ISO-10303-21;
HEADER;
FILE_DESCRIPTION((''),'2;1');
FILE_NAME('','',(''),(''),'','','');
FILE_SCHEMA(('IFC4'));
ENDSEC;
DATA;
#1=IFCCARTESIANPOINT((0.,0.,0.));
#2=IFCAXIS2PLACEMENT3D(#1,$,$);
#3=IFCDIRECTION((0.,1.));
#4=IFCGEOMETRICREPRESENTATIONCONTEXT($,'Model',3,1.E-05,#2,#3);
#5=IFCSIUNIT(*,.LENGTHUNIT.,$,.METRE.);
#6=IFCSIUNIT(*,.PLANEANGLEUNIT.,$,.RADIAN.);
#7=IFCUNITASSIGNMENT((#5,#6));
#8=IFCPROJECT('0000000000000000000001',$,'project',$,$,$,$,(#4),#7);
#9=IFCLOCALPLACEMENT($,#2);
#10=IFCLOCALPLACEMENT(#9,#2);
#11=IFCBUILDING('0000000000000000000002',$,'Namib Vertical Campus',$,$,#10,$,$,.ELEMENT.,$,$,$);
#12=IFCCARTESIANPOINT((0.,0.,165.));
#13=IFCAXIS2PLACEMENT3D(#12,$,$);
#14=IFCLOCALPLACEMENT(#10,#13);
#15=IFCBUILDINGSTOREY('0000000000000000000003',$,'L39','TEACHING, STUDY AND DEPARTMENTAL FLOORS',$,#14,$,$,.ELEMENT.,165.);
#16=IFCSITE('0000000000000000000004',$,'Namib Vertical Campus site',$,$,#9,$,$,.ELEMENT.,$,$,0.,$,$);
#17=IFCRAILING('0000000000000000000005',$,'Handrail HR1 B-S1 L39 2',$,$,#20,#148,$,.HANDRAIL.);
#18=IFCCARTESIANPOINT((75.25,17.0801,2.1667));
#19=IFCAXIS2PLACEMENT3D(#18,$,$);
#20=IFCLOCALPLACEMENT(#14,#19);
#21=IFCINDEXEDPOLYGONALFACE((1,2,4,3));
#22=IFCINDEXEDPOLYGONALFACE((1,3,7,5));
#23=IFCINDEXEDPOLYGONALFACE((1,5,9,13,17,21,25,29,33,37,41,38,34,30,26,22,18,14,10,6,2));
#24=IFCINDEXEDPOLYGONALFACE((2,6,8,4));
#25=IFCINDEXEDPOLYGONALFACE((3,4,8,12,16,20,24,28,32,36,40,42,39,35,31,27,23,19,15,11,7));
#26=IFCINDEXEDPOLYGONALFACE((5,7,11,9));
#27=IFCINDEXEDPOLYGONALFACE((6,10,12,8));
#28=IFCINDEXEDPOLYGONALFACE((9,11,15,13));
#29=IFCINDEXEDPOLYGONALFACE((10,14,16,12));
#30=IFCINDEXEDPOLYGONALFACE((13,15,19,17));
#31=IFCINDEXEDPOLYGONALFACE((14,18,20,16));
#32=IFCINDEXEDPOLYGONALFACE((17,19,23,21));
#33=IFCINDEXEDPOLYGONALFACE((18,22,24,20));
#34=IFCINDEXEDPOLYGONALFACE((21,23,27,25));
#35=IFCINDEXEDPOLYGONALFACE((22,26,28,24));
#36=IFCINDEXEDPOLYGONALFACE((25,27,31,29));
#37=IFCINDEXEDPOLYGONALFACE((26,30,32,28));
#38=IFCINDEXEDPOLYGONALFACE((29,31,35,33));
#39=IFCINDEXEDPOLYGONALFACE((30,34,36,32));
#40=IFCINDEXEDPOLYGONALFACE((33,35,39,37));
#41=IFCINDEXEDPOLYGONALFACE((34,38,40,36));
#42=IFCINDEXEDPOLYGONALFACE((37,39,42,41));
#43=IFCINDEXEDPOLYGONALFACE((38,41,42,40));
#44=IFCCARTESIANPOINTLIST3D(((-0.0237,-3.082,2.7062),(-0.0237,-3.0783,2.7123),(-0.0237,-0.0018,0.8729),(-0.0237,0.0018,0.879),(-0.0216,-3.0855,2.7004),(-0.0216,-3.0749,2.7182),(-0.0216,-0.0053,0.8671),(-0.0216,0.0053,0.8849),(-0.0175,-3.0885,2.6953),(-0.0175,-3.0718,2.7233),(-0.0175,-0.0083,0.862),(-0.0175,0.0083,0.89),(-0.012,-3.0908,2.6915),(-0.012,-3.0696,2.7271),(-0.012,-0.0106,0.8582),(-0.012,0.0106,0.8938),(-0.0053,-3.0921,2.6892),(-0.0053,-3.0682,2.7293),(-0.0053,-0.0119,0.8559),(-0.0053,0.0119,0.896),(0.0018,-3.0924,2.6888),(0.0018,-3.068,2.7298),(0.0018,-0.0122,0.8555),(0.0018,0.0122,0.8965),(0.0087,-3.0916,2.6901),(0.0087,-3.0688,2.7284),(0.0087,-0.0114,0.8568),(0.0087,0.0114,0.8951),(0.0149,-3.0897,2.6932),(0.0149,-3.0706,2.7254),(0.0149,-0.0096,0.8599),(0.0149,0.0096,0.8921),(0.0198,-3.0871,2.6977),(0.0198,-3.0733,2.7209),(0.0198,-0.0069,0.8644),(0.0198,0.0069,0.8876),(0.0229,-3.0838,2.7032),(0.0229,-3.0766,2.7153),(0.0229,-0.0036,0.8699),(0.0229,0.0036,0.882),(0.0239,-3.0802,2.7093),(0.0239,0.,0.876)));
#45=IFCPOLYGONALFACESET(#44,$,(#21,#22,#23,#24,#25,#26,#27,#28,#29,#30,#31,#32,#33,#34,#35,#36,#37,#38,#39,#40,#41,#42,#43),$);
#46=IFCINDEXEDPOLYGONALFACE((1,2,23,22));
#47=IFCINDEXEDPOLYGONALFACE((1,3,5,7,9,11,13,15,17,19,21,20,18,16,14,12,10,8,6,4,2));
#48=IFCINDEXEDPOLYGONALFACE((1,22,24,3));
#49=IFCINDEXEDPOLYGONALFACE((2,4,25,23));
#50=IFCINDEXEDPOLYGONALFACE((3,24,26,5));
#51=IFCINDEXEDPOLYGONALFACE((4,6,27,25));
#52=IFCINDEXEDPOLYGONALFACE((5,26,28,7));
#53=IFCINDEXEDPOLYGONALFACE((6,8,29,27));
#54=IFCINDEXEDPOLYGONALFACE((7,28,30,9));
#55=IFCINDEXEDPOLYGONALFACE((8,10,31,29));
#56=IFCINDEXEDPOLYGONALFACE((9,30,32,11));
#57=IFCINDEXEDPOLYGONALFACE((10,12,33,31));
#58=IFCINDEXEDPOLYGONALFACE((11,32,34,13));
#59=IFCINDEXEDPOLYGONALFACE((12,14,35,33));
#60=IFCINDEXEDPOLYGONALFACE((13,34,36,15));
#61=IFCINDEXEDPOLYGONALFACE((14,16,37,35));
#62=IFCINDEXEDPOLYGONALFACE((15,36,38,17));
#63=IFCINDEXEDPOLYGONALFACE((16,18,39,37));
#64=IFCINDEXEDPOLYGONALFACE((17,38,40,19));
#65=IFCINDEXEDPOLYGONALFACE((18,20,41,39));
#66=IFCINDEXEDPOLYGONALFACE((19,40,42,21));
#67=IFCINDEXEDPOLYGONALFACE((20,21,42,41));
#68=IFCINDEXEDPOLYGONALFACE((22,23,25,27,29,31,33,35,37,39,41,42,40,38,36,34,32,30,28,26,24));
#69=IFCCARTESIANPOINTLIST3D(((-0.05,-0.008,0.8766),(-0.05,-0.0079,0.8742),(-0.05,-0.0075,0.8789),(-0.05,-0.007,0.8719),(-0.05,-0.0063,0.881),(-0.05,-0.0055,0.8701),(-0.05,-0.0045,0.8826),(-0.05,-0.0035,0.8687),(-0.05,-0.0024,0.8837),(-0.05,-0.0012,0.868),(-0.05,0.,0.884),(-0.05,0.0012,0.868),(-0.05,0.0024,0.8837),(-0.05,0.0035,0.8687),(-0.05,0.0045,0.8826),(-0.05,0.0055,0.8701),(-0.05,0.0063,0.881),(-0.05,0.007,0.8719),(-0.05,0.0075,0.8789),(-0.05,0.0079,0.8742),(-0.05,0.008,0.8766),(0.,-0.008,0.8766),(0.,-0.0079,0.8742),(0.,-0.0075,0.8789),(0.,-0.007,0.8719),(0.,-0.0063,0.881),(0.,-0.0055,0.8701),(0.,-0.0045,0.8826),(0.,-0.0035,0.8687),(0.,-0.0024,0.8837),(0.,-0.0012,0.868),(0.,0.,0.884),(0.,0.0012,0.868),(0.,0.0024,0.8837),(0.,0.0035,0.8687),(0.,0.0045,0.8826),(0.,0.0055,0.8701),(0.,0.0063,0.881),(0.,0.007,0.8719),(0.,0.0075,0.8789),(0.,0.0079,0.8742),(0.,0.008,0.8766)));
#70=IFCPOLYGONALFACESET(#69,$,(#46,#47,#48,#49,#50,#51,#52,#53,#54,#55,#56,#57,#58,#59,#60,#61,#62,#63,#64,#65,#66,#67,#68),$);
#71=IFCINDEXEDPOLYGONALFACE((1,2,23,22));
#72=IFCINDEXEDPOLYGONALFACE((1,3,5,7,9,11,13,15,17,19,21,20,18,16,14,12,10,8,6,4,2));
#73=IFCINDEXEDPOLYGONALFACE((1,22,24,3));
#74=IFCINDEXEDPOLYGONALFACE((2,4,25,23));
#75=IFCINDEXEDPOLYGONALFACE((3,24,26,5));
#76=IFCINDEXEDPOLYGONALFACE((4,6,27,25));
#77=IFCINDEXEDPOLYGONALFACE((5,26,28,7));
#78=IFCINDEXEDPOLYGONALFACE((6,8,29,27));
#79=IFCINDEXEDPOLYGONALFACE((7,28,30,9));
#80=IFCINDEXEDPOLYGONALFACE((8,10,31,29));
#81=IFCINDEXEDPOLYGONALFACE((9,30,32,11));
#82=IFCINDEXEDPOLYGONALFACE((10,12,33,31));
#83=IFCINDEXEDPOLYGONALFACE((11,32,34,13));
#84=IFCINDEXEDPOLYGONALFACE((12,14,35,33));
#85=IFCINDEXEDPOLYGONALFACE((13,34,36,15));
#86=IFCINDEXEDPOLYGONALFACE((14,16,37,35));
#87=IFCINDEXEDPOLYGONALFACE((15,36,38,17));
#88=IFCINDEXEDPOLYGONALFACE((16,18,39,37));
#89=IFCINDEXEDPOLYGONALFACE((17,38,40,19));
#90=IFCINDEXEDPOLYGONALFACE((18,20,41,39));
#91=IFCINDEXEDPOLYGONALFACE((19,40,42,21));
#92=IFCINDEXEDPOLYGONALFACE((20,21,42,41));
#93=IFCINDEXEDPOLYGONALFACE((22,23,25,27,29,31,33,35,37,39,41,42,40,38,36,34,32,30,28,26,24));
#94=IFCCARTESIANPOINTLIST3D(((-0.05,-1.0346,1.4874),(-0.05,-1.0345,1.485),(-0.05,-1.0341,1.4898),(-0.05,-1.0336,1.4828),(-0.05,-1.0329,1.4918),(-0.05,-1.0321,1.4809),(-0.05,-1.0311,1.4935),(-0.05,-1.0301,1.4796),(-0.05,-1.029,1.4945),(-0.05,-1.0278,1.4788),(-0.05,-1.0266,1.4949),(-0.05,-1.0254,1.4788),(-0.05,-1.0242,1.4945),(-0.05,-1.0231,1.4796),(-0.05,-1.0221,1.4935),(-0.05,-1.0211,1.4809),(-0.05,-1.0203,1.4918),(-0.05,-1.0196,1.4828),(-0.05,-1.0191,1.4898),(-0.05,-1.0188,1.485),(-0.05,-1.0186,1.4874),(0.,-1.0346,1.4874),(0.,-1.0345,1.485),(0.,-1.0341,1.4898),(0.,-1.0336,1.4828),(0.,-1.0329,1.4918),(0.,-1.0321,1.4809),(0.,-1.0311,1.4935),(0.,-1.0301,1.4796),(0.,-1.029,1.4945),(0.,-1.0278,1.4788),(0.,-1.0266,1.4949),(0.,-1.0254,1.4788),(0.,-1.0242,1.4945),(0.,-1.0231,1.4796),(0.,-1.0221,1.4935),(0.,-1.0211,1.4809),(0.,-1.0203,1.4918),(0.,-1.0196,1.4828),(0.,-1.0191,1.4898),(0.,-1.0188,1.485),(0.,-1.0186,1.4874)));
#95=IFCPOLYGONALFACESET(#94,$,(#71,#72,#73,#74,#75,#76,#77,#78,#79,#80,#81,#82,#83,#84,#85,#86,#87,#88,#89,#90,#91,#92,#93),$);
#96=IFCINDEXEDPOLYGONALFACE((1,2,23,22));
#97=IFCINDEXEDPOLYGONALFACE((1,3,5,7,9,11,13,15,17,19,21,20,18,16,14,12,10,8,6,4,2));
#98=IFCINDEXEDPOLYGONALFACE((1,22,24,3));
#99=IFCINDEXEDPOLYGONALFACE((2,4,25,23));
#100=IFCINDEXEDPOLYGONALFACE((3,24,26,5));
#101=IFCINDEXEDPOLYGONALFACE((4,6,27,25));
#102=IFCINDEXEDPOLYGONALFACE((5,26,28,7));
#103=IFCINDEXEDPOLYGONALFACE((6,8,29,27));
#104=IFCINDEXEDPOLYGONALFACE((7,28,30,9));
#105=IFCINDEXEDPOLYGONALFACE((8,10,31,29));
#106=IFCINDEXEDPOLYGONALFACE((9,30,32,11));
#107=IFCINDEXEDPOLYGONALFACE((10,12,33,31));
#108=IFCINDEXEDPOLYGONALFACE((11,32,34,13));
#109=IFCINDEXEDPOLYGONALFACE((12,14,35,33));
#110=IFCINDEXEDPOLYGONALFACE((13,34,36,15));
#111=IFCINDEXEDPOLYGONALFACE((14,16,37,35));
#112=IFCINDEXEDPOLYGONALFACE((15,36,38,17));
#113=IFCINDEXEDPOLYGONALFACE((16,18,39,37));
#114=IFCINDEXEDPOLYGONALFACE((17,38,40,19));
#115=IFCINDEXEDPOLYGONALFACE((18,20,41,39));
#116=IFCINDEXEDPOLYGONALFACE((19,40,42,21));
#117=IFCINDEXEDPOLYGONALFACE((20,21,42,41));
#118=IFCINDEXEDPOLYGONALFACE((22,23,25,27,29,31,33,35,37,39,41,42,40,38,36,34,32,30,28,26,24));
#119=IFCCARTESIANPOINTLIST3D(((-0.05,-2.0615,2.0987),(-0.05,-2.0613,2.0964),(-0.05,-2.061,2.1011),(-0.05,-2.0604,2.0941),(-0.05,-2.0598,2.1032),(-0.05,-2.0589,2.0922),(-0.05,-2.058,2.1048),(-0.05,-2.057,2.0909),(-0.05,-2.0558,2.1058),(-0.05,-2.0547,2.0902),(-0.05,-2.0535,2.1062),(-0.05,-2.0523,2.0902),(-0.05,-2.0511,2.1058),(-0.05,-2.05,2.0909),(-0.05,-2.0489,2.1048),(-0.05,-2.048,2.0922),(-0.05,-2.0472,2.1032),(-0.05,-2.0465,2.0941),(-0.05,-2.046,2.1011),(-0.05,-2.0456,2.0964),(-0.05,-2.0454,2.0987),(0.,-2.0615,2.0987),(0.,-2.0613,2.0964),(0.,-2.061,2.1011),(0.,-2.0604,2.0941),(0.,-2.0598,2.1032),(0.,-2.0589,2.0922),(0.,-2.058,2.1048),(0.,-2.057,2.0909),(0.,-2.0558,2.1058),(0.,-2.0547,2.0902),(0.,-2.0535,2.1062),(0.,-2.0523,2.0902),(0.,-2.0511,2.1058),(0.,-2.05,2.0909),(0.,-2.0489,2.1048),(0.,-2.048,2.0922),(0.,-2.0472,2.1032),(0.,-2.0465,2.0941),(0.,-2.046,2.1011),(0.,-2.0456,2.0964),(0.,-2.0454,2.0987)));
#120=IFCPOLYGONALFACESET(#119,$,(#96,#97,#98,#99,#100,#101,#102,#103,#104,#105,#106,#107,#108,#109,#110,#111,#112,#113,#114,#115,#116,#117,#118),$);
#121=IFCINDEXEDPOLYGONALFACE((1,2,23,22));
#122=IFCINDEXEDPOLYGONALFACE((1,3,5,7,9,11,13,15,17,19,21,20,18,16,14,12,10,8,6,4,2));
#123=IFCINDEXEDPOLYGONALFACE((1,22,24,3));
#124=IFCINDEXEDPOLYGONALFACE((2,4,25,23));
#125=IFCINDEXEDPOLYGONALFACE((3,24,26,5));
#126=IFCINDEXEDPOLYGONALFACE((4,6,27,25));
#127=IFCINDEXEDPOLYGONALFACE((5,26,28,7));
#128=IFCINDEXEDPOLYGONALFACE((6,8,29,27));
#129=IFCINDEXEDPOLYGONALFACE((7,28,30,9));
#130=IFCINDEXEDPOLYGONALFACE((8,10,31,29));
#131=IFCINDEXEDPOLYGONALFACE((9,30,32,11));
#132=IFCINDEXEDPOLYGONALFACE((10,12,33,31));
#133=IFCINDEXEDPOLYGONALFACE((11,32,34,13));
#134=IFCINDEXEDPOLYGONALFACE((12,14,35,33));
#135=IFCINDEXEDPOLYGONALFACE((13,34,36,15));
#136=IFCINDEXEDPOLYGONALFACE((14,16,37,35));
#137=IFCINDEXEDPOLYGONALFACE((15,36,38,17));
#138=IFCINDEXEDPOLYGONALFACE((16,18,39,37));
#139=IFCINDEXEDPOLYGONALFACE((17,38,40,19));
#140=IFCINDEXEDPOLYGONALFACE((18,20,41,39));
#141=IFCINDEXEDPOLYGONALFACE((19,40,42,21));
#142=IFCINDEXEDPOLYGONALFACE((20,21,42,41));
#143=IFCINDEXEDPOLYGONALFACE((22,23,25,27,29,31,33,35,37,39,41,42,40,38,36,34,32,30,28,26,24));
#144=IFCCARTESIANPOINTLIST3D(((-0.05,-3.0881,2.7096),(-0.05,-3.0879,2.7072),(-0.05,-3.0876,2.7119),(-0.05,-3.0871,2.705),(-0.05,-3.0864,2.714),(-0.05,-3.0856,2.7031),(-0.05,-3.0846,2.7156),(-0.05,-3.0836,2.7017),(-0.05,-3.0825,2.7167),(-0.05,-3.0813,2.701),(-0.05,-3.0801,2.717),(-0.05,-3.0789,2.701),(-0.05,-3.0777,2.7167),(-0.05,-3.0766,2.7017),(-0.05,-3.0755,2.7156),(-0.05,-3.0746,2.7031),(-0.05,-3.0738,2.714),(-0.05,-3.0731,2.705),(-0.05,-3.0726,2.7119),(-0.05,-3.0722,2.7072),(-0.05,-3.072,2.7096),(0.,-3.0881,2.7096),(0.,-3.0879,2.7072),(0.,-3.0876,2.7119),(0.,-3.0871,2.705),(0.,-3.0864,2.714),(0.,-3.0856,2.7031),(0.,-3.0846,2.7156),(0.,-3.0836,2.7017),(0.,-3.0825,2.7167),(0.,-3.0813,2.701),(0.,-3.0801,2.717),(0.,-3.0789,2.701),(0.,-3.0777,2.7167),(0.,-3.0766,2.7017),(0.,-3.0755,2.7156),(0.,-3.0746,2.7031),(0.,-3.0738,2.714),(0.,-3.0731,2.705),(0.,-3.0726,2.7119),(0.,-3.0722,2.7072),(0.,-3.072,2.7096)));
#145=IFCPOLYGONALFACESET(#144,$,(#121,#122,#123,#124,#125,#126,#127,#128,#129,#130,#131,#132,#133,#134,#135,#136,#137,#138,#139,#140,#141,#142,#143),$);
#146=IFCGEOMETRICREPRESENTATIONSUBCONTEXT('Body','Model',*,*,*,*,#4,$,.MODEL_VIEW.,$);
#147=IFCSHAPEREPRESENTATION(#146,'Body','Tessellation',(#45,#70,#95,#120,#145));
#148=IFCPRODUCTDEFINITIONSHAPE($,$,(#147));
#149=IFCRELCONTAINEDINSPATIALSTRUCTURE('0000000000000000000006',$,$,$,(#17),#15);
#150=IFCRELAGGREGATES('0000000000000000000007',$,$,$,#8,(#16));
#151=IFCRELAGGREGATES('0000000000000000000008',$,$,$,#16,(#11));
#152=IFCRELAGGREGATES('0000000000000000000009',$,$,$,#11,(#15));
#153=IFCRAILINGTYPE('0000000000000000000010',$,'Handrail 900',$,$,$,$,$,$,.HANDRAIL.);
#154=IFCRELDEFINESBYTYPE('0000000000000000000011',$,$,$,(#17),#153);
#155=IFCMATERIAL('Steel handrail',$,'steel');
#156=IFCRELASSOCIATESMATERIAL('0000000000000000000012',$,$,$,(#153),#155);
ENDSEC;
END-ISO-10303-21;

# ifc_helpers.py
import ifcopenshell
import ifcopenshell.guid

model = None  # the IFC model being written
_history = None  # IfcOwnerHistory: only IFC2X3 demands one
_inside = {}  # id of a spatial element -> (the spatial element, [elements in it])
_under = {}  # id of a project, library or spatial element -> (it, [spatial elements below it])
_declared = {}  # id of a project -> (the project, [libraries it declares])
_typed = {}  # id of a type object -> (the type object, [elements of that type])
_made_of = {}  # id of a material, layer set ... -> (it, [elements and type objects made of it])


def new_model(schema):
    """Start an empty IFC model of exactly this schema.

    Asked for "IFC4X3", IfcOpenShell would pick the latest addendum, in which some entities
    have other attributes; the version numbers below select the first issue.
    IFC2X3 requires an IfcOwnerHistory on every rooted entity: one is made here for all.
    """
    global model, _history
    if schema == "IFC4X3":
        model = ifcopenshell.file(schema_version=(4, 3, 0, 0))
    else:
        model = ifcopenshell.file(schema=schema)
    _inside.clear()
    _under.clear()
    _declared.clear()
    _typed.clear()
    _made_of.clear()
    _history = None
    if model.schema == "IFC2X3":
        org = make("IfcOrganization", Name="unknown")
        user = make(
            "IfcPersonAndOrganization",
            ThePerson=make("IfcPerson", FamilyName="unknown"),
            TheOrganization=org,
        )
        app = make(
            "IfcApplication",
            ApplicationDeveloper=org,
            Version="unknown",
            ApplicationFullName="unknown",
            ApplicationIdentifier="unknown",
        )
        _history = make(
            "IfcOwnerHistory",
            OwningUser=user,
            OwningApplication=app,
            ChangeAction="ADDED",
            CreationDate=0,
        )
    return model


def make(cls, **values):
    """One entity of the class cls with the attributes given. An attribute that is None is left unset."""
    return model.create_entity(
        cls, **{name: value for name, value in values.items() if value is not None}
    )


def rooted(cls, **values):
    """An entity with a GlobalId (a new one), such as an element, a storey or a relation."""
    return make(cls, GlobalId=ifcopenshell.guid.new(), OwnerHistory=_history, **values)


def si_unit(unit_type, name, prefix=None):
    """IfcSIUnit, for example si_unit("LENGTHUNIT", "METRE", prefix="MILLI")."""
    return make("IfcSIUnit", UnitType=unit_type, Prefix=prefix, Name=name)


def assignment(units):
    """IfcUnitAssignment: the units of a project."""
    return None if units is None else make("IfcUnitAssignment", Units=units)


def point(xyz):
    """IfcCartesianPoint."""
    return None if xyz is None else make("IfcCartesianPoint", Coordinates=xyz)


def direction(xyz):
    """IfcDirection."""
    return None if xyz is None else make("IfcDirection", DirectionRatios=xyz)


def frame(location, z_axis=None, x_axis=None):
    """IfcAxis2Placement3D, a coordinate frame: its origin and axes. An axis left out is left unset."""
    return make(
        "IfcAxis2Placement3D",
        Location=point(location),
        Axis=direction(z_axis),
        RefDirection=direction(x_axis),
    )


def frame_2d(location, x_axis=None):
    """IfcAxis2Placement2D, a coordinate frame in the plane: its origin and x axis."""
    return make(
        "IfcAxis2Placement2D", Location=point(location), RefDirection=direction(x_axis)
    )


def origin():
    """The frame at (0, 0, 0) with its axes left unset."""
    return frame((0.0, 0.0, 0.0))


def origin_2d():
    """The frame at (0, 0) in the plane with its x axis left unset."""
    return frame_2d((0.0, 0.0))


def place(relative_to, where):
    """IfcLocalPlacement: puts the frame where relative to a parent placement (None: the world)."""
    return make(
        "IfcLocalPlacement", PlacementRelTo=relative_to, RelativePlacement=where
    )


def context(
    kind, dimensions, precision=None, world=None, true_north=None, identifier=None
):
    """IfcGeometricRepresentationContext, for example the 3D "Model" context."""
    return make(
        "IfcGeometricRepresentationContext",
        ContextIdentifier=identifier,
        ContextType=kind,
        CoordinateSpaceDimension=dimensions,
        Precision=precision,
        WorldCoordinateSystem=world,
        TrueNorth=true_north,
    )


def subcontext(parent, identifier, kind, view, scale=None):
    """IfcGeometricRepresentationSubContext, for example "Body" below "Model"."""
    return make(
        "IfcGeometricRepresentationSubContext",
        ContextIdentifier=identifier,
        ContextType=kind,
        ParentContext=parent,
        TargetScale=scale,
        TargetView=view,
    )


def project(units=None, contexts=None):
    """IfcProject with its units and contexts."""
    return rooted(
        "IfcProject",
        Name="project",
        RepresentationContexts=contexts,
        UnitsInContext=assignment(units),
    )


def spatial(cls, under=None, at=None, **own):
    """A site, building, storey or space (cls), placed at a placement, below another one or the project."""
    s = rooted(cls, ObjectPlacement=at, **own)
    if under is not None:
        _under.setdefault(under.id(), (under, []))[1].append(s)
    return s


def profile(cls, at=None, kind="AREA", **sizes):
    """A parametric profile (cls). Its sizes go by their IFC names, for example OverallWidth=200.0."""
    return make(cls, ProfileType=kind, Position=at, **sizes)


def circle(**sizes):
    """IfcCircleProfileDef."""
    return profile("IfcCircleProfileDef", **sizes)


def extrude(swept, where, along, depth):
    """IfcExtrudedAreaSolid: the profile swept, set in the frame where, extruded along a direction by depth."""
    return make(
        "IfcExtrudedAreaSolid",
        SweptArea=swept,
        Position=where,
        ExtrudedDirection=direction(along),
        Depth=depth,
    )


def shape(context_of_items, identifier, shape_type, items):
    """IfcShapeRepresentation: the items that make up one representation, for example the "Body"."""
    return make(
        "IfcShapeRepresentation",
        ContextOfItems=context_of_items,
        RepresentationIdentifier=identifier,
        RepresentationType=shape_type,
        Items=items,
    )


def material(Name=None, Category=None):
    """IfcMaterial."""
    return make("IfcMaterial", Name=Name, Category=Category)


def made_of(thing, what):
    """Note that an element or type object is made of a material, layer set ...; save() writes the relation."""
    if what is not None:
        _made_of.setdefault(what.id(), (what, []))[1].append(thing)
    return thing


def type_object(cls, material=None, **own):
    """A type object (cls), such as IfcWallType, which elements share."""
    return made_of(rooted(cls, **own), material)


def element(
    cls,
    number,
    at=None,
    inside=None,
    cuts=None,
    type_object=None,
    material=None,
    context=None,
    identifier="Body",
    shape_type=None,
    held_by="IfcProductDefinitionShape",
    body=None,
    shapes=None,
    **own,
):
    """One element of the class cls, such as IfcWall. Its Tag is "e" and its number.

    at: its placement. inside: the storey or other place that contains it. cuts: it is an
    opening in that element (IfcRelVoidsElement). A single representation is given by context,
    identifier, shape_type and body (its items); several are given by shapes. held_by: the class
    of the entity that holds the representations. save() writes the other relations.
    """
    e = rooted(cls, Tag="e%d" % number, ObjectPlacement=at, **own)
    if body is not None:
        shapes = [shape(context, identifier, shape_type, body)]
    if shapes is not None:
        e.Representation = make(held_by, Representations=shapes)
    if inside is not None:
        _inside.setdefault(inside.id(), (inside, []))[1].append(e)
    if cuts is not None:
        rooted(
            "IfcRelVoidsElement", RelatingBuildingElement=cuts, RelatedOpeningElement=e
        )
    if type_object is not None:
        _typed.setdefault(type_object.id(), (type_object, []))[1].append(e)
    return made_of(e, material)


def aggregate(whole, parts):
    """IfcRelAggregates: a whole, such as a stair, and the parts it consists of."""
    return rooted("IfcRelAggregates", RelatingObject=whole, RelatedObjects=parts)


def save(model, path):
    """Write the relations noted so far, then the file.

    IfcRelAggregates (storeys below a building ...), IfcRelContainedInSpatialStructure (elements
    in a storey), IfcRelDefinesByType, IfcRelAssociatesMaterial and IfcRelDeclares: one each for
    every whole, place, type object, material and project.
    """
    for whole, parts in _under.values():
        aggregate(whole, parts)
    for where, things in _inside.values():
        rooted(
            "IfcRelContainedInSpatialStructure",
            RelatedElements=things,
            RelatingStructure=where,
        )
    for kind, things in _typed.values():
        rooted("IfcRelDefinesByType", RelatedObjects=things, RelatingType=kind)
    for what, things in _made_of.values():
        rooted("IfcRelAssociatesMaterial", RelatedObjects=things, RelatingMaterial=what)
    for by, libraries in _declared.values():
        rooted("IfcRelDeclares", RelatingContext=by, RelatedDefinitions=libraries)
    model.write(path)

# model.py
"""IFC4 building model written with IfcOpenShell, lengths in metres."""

from ifc_helpers import new_model, si_unit, direction, frame, origin, origin_2d, place, context, subcontext, project, spatial, circle, extrude, material, type_object, element, save


model = new_model("IFC4")

# Units and contexts
model_context = context("Model", 3, precision=1e-05, world=origin(), true_north=direction((0.0, 1.0)))
body_context = subcontext(model_context, "Body", "Model", "MODEL_VIEW")
ifc_project = project(units=[si_unit("LENGTHUNIT", "METRE"), si_unit("PLANEANGLEUNIT", "RADIAN")], contexts=[model_context])

# Site, building, storey
site_placement = place(None, origin())
site = spatial("IfcSite", under=ifc_project, at=site_placement, Name="Namib Vertical Campus site", CompositionType="ELEMENT", RefElevation=0.0)
building_placement = place(site_placement, origin())
building = spatial("IfcBuilding", under=site, at=building_placement, Name="Namib Vertical Campus", CompositionType="ELEMENT")
storey_placement = place(building_placement, frame((0.0, 0.0, 165.0)))
storey = spatial("IfcBuildingStorey", under=building, at=storey_placement, Name="L39", Description="TEACHING, STUDY AND DEPARTMENTAL FLOORS", CompositionType="ELEMENT", Elevation=165.0)

# Railing
ifc_material_1 = material(Name="Steel handrail", Category="steel")
railing_type_1 = type_object("IfcRailingType", Name="Handrail 900", PredefinedType="HANDRAIL", material=ifc_material_1)
railing_1_placement = place(storey_placement, frame((75.25, 17.0801, 2.1667)))
element("IfcRailing", 1, at=railing_1_placement, inside=storey, type_object=railing_type_1, Name="Handrail HR1 B-S1 L39 2", PredefinedType="HANDRAIL", context=body_context, shape_type="SweptSolid", body=[
    extrude(circle(Radius=0.0239, at=origin_2d()), frame((0.0, 0.0, 0.876), z_axis=(0.0, -0.859309, 0.511458), x_axis=(1.0, 0.0, 0.0)), (0.0, 0.0, 1.0), 3.5845),
    extrude(circle(Radius=0.0081, at=origin_2d()), frame((0.0, 0.0, 0.876), z_axis=(-1.0, 0.0, 0.0), x_axis=(0.0, 0.0, 1.0)), (0.0, 0.0, 1.0), 0.05),
    extrude(circle(Radius=0.0081, at=origin_2d()), frame((0.0, -1.0266, 1.4868), z_axis=(-1.0, 0.0, 0.0), x_axis=(0.0, 0.0, 1.0)), (0.0, 0.0, 1.0), 0.05),
    extrude(circle(Radius=0.0081, at=origin_2d()), frame((0.0, -2.0535, 2.0981), z_axis=(-1.0, 0.0, 0.0), x_axis=(0.0, 0.0, 1.0)), (0.0, 0.0, 1.0), 0.05),
    extrude(circle(Radius=0.0081, at=origin_2d()), frame((0.0, -3.0801, 2.709), z_axis=(-1.0, 0.0, 0.0), x_axis=(0.0, 0.0, 1.0)), (0.0, 0.0, 1.0), 0.05),
])

save(model, "model.ifc")
